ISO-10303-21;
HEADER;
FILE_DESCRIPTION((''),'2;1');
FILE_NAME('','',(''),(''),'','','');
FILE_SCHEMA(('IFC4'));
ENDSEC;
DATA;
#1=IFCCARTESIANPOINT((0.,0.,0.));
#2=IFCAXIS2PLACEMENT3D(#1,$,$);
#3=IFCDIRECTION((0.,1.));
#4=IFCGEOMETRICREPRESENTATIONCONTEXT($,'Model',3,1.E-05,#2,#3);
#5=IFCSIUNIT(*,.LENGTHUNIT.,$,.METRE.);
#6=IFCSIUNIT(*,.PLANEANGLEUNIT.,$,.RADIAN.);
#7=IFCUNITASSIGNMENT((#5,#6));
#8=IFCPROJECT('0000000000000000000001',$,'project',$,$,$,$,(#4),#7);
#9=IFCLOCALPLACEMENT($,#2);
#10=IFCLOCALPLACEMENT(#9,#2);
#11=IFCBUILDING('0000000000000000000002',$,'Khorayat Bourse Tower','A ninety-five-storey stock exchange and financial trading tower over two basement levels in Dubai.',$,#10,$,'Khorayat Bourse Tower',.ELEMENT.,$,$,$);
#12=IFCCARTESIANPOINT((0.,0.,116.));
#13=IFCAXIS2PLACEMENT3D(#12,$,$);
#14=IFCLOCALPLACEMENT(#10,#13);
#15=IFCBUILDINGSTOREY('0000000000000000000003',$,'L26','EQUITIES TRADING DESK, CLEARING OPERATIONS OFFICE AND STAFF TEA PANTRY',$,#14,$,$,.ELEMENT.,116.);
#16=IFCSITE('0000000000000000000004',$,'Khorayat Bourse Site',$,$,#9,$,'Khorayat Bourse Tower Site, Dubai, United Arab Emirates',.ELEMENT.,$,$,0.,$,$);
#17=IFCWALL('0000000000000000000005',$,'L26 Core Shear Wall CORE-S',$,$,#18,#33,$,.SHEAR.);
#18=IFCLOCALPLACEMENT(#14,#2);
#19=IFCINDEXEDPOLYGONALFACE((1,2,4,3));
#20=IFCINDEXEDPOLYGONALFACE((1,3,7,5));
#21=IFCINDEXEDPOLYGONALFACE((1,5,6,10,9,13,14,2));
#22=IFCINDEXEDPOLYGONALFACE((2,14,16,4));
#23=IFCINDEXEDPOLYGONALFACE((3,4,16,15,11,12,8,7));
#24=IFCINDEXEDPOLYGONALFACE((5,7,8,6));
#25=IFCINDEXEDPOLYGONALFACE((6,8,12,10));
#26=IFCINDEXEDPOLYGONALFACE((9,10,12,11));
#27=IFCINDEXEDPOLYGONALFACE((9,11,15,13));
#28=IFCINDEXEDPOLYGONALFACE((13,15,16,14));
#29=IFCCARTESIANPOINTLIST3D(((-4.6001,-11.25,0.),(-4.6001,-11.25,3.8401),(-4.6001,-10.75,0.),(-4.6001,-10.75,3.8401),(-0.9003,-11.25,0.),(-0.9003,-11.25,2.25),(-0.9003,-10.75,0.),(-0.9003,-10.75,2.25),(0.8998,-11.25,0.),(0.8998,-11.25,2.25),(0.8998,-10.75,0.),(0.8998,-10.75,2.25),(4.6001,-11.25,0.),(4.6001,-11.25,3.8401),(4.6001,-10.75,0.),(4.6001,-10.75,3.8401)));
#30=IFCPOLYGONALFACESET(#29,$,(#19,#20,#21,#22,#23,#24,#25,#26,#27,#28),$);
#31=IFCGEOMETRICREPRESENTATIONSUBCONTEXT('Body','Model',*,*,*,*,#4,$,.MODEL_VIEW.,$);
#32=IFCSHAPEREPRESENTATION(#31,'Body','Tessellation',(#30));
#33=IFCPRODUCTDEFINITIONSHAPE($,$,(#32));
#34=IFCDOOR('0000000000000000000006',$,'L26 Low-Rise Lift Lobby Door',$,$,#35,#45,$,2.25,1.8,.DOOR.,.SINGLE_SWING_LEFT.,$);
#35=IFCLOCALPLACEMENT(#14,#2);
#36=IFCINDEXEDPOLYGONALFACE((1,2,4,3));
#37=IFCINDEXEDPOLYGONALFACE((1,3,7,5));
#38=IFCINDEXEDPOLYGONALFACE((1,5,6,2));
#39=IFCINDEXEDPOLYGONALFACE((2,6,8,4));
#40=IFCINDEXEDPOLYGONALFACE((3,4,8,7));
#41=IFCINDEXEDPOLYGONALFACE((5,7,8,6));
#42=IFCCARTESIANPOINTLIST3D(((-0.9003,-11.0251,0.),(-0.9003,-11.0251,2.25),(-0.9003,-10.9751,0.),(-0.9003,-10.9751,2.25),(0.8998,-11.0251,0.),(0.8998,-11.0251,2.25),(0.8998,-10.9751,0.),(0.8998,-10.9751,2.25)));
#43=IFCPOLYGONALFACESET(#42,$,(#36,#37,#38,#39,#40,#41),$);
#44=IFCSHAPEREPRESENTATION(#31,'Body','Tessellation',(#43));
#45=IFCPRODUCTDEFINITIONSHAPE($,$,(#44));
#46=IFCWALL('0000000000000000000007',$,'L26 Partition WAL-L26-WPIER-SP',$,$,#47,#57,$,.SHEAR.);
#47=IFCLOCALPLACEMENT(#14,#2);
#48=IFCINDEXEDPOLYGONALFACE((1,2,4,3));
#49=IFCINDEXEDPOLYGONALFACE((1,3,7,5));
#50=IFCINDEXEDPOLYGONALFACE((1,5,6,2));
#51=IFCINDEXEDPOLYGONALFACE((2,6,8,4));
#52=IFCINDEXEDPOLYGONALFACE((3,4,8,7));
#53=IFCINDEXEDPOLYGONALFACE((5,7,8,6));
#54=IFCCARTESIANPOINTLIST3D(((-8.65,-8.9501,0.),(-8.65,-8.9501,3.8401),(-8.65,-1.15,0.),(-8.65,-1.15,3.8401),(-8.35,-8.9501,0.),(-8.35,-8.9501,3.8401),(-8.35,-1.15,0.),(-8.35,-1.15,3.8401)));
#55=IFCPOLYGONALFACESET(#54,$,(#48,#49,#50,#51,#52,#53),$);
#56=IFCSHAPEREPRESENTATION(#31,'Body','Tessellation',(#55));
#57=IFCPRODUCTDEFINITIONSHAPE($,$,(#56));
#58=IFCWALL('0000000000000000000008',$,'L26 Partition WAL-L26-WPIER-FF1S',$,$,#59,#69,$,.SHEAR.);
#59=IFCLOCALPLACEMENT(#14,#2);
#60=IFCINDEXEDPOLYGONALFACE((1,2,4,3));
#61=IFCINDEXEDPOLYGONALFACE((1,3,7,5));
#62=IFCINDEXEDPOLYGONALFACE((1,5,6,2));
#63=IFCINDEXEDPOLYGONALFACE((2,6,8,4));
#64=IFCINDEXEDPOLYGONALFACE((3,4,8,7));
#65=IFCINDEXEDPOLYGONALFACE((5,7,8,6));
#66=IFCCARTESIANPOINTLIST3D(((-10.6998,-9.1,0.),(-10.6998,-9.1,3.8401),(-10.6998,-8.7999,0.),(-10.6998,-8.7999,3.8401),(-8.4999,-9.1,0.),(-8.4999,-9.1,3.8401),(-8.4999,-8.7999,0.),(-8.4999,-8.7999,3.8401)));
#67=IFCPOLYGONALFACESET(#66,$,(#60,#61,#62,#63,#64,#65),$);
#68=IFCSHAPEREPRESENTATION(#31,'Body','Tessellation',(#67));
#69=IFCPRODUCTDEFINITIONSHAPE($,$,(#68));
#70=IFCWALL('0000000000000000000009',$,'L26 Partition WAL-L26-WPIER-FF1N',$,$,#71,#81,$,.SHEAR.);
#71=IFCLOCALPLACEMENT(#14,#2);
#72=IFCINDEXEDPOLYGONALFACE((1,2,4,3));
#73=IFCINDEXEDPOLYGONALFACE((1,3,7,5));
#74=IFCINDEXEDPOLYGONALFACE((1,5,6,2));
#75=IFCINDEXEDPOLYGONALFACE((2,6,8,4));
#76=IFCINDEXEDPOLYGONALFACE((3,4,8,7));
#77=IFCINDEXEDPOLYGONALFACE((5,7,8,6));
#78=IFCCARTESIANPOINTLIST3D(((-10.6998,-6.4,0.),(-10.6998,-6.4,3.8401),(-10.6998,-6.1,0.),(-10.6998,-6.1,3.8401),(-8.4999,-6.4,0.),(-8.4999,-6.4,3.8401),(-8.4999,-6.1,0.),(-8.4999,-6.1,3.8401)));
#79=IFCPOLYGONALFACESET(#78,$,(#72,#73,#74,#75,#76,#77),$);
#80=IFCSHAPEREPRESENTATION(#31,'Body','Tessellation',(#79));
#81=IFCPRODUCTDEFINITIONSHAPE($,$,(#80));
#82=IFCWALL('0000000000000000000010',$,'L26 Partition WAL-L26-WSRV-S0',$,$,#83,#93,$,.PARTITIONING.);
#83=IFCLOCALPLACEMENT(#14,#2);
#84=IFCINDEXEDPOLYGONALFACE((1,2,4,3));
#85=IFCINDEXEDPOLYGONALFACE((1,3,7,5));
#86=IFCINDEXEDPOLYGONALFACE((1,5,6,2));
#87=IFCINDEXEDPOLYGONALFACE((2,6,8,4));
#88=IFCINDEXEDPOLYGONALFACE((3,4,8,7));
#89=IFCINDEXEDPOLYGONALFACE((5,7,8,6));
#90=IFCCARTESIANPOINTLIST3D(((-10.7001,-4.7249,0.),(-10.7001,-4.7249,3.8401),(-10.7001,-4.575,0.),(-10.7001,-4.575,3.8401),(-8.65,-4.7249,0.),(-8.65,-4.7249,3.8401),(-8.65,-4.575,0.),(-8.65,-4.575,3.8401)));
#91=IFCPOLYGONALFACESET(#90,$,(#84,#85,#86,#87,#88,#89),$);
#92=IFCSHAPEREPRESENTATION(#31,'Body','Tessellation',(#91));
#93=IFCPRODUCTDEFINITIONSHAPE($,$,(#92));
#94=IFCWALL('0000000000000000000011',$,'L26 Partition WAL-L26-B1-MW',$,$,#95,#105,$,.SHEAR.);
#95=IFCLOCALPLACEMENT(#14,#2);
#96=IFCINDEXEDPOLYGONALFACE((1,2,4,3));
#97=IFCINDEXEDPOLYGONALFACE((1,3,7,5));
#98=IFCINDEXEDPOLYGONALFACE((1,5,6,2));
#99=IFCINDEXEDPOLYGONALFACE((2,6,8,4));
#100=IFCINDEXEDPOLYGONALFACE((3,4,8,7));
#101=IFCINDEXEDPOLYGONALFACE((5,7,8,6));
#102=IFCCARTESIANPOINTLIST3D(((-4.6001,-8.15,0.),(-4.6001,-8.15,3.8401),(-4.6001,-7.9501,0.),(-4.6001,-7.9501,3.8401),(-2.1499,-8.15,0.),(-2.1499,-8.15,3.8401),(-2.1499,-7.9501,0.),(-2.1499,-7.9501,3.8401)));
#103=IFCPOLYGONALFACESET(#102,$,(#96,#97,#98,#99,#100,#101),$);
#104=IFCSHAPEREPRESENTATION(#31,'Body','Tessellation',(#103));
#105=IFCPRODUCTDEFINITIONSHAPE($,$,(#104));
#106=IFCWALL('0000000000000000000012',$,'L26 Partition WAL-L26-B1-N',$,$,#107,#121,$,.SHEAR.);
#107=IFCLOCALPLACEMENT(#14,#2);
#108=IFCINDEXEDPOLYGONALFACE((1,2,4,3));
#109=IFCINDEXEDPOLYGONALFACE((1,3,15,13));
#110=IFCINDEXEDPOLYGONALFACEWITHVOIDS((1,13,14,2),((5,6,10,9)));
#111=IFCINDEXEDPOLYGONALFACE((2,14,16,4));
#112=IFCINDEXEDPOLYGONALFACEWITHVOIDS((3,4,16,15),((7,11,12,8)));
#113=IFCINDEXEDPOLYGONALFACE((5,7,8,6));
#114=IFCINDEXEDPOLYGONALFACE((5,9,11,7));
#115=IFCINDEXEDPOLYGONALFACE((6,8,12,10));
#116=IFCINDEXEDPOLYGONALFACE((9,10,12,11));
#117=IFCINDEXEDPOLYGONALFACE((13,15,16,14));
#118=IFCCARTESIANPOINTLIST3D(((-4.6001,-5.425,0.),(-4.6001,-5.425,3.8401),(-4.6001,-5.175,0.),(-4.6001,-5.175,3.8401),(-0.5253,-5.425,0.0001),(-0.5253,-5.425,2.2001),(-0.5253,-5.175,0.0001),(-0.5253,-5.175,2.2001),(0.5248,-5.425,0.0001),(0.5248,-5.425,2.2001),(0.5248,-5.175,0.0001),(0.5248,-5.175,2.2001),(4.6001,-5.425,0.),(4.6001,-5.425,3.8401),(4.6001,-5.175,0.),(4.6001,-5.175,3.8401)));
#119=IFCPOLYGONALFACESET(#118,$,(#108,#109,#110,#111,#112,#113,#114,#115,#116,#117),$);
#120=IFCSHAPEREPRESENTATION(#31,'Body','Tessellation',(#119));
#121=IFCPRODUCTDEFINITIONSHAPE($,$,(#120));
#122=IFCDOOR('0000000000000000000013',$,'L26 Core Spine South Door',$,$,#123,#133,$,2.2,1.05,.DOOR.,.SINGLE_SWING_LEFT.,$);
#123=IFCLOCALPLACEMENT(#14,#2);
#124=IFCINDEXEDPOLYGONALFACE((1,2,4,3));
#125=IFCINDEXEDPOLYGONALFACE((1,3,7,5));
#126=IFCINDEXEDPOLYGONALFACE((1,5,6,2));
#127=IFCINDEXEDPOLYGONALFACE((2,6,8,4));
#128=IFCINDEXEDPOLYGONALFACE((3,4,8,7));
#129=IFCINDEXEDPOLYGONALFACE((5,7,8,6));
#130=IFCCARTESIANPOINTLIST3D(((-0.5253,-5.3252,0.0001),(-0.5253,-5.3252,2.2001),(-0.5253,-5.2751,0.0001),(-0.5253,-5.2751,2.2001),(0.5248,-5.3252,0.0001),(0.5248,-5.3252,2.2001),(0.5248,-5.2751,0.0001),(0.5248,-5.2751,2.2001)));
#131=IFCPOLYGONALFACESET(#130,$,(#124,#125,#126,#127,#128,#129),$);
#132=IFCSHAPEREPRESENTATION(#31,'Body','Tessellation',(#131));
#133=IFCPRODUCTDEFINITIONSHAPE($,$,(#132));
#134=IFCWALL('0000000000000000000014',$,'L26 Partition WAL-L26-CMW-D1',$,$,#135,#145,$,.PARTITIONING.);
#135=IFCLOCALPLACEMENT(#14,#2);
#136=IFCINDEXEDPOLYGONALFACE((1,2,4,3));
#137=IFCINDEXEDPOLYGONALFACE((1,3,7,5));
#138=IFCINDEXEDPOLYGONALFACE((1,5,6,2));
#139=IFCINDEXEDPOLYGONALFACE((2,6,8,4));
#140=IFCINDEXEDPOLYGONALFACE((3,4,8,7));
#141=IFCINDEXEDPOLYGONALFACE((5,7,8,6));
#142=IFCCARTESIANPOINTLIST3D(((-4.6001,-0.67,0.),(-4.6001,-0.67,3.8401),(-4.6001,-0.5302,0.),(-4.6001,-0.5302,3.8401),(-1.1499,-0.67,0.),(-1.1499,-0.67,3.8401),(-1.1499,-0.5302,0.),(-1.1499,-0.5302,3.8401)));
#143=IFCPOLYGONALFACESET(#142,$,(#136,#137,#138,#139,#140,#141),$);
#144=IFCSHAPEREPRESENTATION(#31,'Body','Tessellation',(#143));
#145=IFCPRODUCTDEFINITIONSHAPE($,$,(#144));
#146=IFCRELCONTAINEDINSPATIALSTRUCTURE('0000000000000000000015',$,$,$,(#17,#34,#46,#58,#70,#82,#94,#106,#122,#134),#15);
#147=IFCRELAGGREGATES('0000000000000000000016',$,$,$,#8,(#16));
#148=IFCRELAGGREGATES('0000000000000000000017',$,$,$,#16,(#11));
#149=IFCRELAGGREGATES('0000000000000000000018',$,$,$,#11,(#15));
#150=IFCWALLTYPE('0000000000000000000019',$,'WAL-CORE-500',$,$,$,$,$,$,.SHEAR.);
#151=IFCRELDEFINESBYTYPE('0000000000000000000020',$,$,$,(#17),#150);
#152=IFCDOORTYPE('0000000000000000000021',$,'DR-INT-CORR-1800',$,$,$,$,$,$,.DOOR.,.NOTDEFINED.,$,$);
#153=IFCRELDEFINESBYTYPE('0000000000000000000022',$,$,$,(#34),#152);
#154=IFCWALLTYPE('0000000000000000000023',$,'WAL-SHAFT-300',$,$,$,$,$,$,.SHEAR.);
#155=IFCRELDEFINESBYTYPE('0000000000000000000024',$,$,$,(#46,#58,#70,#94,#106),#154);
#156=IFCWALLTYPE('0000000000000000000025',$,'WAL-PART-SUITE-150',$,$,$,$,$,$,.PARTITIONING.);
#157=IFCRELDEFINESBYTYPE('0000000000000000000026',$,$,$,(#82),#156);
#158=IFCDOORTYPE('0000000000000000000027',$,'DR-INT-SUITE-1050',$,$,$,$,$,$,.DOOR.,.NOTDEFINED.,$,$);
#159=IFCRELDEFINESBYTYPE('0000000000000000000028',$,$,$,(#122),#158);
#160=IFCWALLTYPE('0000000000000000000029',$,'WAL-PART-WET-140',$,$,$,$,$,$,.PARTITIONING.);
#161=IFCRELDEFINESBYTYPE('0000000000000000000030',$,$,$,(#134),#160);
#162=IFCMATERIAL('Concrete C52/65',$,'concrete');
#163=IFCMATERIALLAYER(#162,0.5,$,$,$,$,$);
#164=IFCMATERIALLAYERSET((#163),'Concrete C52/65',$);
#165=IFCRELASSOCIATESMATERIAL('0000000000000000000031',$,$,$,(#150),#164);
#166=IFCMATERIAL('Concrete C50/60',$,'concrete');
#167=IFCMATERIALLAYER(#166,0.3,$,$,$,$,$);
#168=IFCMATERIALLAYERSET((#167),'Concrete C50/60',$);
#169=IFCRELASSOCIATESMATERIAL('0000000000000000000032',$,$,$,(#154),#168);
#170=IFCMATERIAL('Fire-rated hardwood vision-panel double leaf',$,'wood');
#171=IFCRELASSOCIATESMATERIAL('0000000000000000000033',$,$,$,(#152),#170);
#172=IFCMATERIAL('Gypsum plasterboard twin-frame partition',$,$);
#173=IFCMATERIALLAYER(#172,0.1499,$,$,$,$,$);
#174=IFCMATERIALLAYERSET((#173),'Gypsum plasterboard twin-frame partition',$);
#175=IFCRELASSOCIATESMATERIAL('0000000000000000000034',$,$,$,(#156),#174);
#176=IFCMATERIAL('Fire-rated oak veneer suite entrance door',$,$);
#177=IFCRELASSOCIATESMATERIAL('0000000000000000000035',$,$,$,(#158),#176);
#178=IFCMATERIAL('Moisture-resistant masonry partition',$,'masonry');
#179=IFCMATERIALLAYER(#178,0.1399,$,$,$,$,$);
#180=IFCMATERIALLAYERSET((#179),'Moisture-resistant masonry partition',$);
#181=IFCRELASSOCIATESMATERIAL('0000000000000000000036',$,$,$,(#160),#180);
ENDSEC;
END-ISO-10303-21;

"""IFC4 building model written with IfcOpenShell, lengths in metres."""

from ifc_helpers import new_model, si_unit, direction, frame, frame_2d, origin, place, context, subcontext, project, spatial, rectangle, extrude, source, transform, mapped, material, layer, layer_set, type_object, element, fill, save


model = new_model("IFC4")

# Units and contexts
model_context = context("Model", 3, precision=1e-05, world=origin(), true_north=direction((0.0, 1.0)))
body_context = subcontext(model_context, "Body", "Model", "MODEL_VIEW")
ifc_project = project(units=[si_unit("LENGTHUNIT", "METRE"), si_unit("PLANEANGLEUNIT", "RADIAN")], contexts=[model_context])

# Site, building, storey
site_placement = place(None, origin())
site = spatial("IfcSite", under=ifc_project, at=site_placement, Name="Khorayat Bourse Site", LongName="Khorayat Bourse Tower Site, Dubai, United Arab Emirates", CompositionType="ELEMENT", RefElevation=0.0)
building_placement = place(site_placement, origin())
building = spatial("IfcBuilding", under=site, at=building_placement, Name="Khorayat Bourse Tower", Description="A ninety-five-storey stock exchange and financial trading tower over two basement levels in Dubai.", LongName="Khorayat Bourse Tower", CompositionType="ELEMENT")
storey_placement = place(building_placement, frame((0.0, 0.0, 116.0)))
storey = spatial("IfcBuildingStorey", under=building, at=storey_placement, Name="L26", Description="EQUITIES TRADING DESK, CLEARING OPERATIONS OFFICE AND STAFF TEA PANTRY", CompositionType="ELEMENT", Elevation=116.0)

# Shared definitions
ifc_material_1 = material(Name="Concrete C52/65", Category="concrete")
ifc_layer_1 = layer(ifc_material_1, 0.5)
ifc_layer_set_1 = layer_set([ifc_layer_1], Name="Concrete C52/65")
wall_type_1 = type_object("IfcWallType", Name="WAL-CORE-500", PredefinedType="SHEAR", material=ifc_layer_set_1)
ifc_material_2 = material(Name="Concrete C50/60", Category="concrete")
ifc_layer_2 = layer(ifc_material_2, 0.3)
ifc_layer_set_2 = layer_set([ifc_layer_2], Name="Concrete C50/60")
wall_type_2 = type_object("IfcWallType", Name="WAL-SHAFT-300", PredefinedType="SHEAR", material=ifc_layer_set_2)

# Wall, opening, door
shared_shape_1 = source(origin(), body_context, "Body", "SweptSolid", [
    extrude(rectangle(XDim=9.2002, YDim=0.5, at=frame_2d((4.6001, 0.0))), origin(), (0.0, 0.0, 1.0), 3.8401),
])
wall_1_placement = place(storey_placement, frame((-4.6001, -11.0, 0.0), z_axis=(0.0, 0.0, 1.0), x_axis=(1.0, 0.0, 0.0)))
wall_1 = element("IfcWall", 1, at=wall_1_placement, inside=storey, type_object=wall_type_1, Name="L26 Core Shear Wall CORE-S", PredefinedType="SHEAR", context=body_context, shape_type="MappedRepresentation", body=[
    mapped(shared_shape_1, transform((0.0, 0.0, 0.0), scale=1.0)),
])
shared_shape_2 = source(origin(), body_context, "Body", "SweptSolid", [
    extrude(rectangle(XDim=1.8, YDim=2.25, at=frame_2d((0.8999, 1.125))), frame((0.0, 0.26, 0.0), z_axis=(0.0, -1.0, 0.0), x_axis=(1.0, 0.0, 0.0)), (0.0, 0.0, 1.0), 0.52),
])
opening_1_placement = place(wall_1_placement, frame((3.7, 0.0, 0.0)))
opening_1 = element("IfcOpeningElement", 2, at=opening_1_placement, cuts=wall_1, PredefinedType="OPENING", context=body_context, shape_type="MappedRepresentation", body=[
    mapped(shared_shape_2, transform((0.0, 0.0, 0.0), scale=1.0)),
])
ifc_material_3 = material(Name="Fire-rated hardwood vision-panel double leaf", Category="wood")
door_type_1 = type_object("IfcDoorType", Name="DR-INT-CORR-1800", OperationType="NOTDEFINED", PredefinedType="DOOR", material=ifc_material_3)
shared_shape_3 = source(origin(), body_context, "Body", "SweptSolid", [
    extrude(rectangle(XDim=1.8, YDim=2.25, at=frame_2d((0.8999, 1.125))), frame((0.0, 0.0249, 0.0), z_axis=(0.0, -1.0, 0.0), x_axis=(1.0, 0.0, 0.0)), (0.0, 0.0, 1.0), 0.05),
])
door_1_placement = place(opening_1_placement, origin())
door_1 = element("IfcDoor", 3, at=door_1_placement, inside=storey, type_object=door_type_1, Name="L26 Low-Rise Lift Lobby Door", OperationType="SINGLE_SWING_LEFT", OverallHeight=2.25, OverallWidth=1.8, PredefinedType="DOOR", context=body_context, shape_type="MappedRepresentation", body=[
    mapped(shared_shape_3, transform((0.0, 0.0, 0.0), scale=1.0)),
])
fill(opening_1, door_1)

# Walls
shared_shape_4 = source(origin(), body_context, "Body", "SweptSolid", [
    extrude(rectangle(XDim=7.8, YDim=0.3, at=frame_2d((3.8999, 0.0))), origin(), (0.0, 0.0, 1.0), 3.8401),
])
wall_2_placement = place(storey_placement, frame((-8.5, -8.95, 0.0), z_axis=(0.0, 0.0, 1.0), x_axis=(0.0, 1.0, 0.0)))
element("IfcWall", 4, at=wall_2_placement, inside=storey, type_object=wall_type_2, Name="L26 Partition WAL-L26-WPIER-SP", PredefinedType="SHEAR", context=body_context, shape_type="MappedRepresentation", body=[
    mapped(shared_shape_4, transform((0.0, 0.0, 0.0), scale=1.0)),
])
shared_shape_5 = source(origin(), body_context, "Body", "SweptSolid", [
    extrude(rectangle(XDim=2.2, YDim=0.3, at=frame_2d((1.1001, 0.0))), origin(), (0.0, 0.0, 1.0), 3.8401),
])
for number, where, z_axis, x_axis, name in (
    (5, (-10.7, -8.95, 0.0), (0.0, 0.0, 1.0), (1.0, 0.0, 0.0), "L26 Partition WAL-L26-WPIER-FF1S"),
    (6, (-10.7, -6.25, 0.0), (0.0, 0.0, 1.0), (1.0, 0.0, 0.0), "L26 Partition WAL-L26-WPIER-FF1N"),
):
    element("IfcWall", number, at=place(storey_placement, frame(where, z_axis=z_axis, x_axis=x_axis)), inside=storey, type_object=wall_type_2, Name=name, PredefinedType="SHEAR", context=body_context, shape_type="MappedRepresentation", body=[
        mapped(shared_shape_5, transform((0.0, 0.0, 0.0), scale=1.0)),
    ])
ifc_material_4 = material(Name="Gypsum plasterboard twin-frame partition")
ifc_layer_3 = layer(ifc_material_4, 0.1499)
ifc_layer_set_3 = layer_set([ifc_layer_3], Name="Gypsum plasterboard twin-frame partition")
wall_type_3 = type_object("IfcWallType", Name="WAL-PART-SUITE-150", PredefinedType="PARTITIONING", material=ifc_layer_set_3)
shared_shape_6 = source(origin(), body_context, "Body", "SweptSolid", [
    extrude(rectangle(XDim=2.05, YDim=0.1499, at=frame_2d((1.0249, 0.0))), origin(), (0.0, 0.0, 1.0), 3.8401),
])
wall_3_placement = place(storey_placement, frame((-10.7, -4.6499, 0.0), z_axis=(0.0, 0.0, 1.0), x_axis=(1.0, 0.0, 0.0)))
element("IfcWall", 7, at=wall_3_placement, inside=storey, type_object=wall_type_3, Name="L26 Partition WAL-L26-WSRV-S0", PredefinedType="PARTITIONING", context=body_context, shape_type="MappedRepresentation", body=[
    mapped(shared_shape_6, transform((0.0, 0.0, 0.0), scale=1.0)),
])
shared_shape_7 = source(origin(), body_context, "Body", "SweptSolid", [
    extrude(rectangle(XDim=2.4502, YDim=0.2, at=frame_2d((1.2251, 0.0))), origin(), (0.0, 0.0, 1.0), 3.8401),
])
wall_4_placement = place(storey_placement, frame((-4.6001, -8.05, 0.0), z_axis=(0.0, 0.0, 1.0), x_axis=(1.0, 0.0, 0.0)))
element("IfcWall", 8, at=wall_4_placement, inside=storey, type_object=wall_type_2, Name="L26 Partition WAL-L26-B1-MW", PredefinedType="SHEAR", context=body_context, shape_type="MappedRepresentation", body=[
    mapped(shared_shape_7, transform((0.0, 0.0, 0.0), scale=1.0)),
])

# Wall, opening, door
shared_shape_8 = source(origin(), body_context, "Body", "SweptSolid", [
    extrude(rectangle(XDim=9.2002, YDim=0.25, at=frame_2d((4.6001, 0.0))), origin(), (0.0, 0.0, 1.0), 3.8401),
])
wall_5_placement = place(storey_placement, frame((-4.6001, -5.3, 0.0), z_axis=(0.0, 0.0, 1.0), x_axis=(1.0, 0.0, 0.0)))
wall_5 = element("IfcWall", 9, at=wall_5_placement, inside=storey, type_object=wall_type_2, Name="L26 Partition WAL-L26-B1-N", PredefinedType="SHEAR", context=body_context, shape_type="MappedRepresentation", body=[
    mapped(shared_shape_8, transform((0.0, 0.0, 0.0), scale=1.0)),
])
shared_shape_9 = source(origin(), body_context, "Body", "SweptSolid", [
    extrude(rectangle(XDim=1.05, YDim=2.2, at=frame_2d((0.5249, 1.1001))), frame((0.0, 0.135, 0.0), z_axis=(0.0, -1.0, 0.0), x_axis=(1.0, 0.0, 0.0)), (0.0, 0.0, 1.0), 0.27),
])
opening_2_placement = place(wall_5_placement, frame((4.075, 0.0, 0.0)))
opening_2 = element("IfcOpeningElement", 10, at=opening_2_placement, cuts=wall_5, PredefinedType="OPENING", context=body_context, shape_type="MappedRepresentation", body=[
    mapped(shared_shape_9, transform((0.0, 0.0, 0.0), scale=1.0)),
])
ifc_material_5 = material(Name="Fire-rated oak veneer suite entrance door")
door_type_2 = type_object("IfcDoorType", Name="DR-INT-SUITE-1050", OperationType="NOTDEFINED", PredefinedType="DOOR", material=ifc_material_5)
shared_shape_10 = source(origin(), body_context, "Body", "SweptSolid", [
    extrude(rectangle(XDim=1.05, YDim=2.2, at=frame_2d((0.5249, 1.1001))), frame((0.0, 0.0249, 0.0), z_axis=(0.0, -1.0, 0.0), x_axis=(1.0, 0.0, 0.0)), (0.0, 0.0, 1.0), 0.05),
])
door_2_placement = place(opening_2_placement, origin())
door_2 = element("IfcDoor", 11, at=door_2_placement, inside=storey, type_object=door_type_2, Name="L26 Core Spine South Door", OperationType="SINGLE_SWING_LEFT", OverallHeight=2.2, OverallWidth=1.05, PredefinedType="DOOR", context=body_context, shape_type="MappedRepresentation", body=[
    mapped(shared_shape_10, transform((0.0, 0.0, 0.0), scale=1.0)),
])
fill(opening_2, door_2)

# Wall
ifc_material_6 = material(Name="Moisture-resistant masonry partition", Category="masonry")
ifc_layer_4 = layer(ifc_material_6, 0.1399)
ifc_layer_set_4 = layer_set([ifc_layer_4], Name="Moisture-resistant masonry partition")
wall_type_4 = type_object("IfcWallType", Name="WAL-PART-WET-140", PredefinedType="PARTITIONING", material=ifc_layer_set_4)
shared_shape_11 = source(origin(), body_context, "Body", "SweptSolid", [
    extrude(rectangle(XDim=3.4502, YDim=0.1399, at=frame_2d((1.7251, 0.0))), origin(), (0.0, 0.0, 1.0), 3.8401),
])
wall_6_placement = place(storey_placement, frame((-4.6001, -0.6001, 0.0), z_axis=(0.0, 0.0, 1.0), x_axis=(1.0, 0.0, 0.0)))
element("IfcWall", 12, at=wall_6_placement, inside=storey, type_object=wall_type_4, Name="L26 Partition WAL-L26-CMW-D1", PredefinedType="PARTITIONING", context=body_context, shape_type="MappedRepresentation", body=[
    mapped(shared_shape_11, transform((0.0, 0.0, 0.0), scale=1.0)),
])

save(model, "model.ifc")
